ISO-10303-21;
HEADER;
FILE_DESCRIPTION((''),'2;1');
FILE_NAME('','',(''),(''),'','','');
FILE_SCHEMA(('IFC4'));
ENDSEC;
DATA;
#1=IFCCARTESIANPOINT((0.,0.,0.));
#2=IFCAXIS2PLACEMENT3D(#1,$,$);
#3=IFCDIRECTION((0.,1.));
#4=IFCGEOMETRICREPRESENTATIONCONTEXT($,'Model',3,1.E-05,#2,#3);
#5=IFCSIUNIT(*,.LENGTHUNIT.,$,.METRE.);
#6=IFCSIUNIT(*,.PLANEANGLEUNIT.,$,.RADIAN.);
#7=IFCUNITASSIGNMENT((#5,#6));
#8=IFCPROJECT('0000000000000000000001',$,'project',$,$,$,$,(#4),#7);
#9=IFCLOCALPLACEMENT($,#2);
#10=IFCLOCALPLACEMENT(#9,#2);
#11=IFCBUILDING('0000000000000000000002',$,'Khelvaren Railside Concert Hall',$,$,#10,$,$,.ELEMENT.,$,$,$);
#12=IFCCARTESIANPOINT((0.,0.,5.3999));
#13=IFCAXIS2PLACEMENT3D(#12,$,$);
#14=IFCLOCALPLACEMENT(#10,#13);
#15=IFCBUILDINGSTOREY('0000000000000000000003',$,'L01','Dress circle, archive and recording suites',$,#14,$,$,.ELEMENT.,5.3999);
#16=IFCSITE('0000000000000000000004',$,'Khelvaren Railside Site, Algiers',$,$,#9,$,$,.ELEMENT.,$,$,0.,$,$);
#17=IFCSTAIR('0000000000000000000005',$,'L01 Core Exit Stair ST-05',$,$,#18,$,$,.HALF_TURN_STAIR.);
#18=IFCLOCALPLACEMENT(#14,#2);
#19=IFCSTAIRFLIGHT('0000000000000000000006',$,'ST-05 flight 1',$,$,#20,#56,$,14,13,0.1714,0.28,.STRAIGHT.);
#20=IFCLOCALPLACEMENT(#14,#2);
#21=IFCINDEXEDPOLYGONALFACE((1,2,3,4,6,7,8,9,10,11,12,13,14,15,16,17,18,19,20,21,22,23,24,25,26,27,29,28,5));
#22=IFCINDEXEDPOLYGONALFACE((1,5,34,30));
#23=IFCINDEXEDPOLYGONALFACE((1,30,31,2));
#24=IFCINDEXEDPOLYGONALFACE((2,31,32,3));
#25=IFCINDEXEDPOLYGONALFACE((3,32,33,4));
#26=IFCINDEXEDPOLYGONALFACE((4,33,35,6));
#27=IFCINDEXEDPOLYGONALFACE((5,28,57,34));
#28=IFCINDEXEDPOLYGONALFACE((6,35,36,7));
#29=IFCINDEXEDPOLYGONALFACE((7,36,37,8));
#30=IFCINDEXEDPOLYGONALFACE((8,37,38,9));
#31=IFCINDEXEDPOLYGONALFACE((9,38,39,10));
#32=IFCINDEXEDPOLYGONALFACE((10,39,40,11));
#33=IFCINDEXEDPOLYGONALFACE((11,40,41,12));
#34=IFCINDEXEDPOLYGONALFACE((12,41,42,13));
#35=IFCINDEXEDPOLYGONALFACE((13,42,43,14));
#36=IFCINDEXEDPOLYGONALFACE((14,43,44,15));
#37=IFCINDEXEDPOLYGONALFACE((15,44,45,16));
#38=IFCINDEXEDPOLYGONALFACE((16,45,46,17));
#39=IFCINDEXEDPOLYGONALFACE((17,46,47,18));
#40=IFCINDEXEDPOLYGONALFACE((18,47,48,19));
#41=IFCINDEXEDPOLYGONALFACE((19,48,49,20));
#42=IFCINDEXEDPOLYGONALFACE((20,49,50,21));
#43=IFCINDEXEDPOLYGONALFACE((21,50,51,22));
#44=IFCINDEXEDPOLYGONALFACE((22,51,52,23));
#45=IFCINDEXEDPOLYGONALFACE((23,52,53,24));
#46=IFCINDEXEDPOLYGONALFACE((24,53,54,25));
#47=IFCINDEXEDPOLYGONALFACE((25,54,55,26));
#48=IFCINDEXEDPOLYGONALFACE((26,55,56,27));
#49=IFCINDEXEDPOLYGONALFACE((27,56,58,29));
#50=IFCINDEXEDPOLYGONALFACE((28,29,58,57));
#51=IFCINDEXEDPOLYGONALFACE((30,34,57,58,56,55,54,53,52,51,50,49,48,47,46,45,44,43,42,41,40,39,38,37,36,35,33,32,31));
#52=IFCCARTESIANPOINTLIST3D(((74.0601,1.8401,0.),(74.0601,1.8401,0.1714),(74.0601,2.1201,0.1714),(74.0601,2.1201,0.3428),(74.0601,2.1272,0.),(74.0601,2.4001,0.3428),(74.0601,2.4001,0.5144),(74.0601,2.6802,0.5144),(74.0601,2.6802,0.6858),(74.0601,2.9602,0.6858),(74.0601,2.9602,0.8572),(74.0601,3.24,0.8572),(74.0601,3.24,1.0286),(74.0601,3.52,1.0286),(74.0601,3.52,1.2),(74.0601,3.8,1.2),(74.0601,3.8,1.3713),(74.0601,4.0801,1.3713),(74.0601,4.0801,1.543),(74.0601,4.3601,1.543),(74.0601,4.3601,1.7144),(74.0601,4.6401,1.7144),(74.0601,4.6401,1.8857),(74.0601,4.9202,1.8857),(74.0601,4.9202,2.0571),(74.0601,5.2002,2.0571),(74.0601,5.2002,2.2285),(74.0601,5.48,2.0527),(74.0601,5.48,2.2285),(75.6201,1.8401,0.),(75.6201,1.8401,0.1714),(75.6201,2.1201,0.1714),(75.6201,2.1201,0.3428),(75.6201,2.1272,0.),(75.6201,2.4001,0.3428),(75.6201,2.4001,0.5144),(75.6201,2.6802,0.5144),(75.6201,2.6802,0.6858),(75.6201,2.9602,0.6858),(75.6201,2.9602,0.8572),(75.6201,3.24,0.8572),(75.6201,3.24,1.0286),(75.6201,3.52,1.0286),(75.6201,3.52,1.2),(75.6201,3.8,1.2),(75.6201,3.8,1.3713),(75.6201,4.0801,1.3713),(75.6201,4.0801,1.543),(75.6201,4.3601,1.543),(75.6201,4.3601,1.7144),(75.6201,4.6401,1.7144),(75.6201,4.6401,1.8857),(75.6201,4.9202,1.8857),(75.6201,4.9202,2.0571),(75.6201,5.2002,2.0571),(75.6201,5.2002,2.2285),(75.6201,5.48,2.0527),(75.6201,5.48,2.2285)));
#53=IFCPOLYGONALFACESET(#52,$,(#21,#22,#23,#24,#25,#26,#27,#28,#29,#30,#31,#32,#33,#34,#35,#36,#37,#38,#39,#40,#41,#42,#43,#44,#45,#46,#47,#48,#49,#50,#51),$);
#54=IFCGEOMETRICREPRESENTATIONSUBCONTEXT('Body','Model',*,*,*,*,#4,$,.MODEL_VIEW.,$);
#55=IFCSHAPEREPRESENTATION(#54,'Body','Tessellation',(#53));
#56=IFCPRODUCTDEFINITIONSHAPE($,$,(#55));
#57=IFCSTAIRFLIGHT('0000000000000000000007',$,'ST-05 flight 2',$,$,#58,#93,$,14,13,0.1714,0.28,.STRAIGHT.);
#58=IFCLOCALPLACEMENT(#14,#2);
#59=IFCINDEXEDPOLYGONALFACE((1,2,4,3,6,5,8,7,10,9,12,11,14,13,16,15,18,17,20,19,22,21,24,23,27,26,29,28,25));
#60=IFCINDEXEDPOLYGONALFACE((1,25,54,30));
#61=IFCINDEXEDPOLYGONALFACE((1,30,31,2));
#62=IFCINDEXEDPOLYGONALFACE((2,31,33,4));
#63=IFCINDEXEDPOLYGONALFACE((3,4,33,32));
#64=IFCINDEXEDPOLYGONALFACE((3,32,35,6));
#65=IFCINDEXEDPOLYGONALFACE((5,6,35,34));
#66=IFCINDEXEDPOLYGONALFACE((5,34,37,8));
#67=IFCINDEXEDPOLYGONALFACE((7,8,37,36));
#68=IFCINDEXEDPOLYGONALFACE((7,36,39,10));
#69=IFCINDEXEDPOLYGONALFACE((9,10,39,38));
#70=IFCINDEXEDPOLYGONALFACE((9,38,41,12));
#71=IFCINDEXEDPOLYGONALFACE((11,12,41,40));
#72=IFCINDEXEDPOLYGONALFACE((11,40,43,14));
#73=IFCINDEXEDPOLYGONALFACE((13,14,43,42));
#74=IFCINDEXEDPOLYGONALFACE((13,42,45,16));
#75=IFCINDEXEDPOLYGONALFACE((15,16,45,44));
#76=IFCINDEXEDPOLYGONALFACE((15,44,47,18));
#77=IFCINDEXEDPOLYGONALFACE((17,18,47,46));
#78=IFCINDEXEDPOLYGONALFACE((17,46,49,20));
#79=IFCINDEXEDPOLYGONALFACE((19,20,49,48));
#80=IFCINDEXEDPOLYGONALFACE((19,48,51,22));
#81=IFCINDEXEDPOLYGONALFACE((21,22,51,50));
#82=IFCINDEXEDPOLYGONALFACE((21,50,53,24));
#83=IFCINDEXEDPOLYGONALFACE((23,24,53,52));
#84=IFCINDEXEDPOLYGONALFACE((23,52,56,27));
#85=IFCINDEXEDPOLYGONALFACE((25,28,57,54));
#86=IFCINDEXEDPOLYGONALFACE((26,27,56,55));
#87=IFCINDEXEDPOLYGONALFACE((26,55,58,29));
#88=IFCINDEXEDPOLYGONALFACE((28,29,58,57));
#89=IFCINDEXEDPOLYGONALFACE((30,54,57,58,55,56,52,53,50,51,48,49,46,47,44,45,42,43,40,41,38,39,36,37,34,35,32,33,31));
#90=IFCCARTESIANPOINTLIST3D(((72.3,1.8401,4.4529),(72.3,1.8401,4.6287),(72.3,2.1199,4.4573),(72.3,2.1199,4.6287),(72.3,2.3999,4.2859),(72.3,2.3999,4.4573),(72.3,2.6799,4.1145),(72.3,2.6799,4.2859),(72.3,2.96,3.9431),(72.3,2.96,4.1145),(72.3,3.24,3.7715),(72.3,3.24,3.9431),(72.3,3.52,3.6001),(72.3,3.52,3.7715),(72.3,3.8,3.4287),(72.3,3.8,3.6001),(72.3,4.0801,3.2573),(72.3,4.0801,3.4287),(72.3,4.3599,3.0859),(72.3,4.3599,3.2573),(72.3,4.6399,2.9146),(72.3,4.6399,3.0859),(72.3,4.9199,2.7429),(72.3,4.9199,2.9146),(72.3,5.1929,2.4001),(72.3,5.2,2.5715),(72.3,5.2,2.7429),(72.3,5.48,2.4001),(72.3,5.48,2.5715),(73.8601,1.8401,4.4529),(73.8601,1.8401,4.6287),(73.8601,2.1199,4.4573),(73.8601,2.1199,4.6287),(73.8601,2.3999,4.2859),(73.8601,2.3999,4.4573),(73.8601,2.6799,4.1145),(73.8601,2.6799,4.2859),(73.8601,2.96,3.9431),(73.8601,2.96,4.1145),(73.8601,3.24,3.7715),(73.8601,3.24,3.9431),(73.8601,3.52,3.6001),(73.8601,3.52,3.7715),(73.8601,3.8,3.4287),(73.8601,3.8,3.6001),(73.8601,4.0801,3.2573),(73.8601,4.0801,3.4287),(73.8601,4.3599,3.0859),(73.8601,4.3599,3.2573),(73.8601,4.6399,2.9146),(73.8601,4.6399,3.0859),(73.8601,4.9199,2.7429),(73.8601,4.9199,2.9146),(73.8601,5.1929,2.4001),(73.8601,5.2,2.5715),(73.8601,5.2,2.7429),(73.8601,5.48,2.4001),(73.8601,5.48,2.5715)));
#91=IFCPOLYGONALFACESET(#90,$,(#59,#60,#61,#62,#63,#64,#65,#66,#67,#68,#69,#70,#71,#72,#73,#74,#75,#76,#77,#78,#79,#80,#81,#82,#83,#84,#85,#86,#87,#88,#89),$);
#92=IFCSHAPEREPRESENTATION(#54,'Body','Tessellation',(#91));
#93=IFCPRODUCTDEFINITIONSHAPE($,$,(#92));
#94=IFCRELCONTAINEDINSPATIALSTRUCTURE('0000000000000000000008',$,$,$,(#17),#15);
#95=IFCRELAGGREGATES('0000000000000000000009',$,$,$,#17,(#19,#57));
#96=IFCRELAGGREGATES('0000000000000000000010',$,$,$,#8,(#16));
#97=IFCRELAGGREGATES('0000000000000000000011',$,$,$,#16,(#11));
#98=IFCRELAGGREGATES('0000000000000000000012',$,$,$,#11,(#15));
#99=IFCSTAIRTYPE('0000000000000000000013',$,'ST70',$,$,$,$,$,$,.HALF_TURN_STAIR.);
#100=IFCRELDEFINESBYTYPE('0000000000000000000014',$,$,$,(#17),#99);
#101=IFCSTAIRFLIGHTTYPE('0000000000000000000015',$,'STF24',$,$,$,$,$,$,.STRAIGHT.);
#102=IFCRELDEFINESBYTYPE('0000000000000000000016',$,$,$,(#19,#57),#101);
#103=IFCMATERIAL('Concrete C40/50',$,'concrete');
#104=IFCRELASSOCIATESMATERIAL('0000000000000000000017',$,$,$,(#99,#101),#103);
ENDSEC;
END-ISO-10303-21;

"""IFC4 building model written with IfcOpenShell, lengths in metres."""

from ifc_helpers import new_model, si_unit, direction, frame, origin, place, context, subcontext, project, spatial, polyline, outline, extrude, material, type_object, element, aggregate, save


model = new_model("IFC4")

# Units and contexts
model_context = context("Model", 3, precision=1e-05, world=origin(), true_north=direction((0.0, 1.0)))
body_context = subcontext(model_context, "Body", "Model", "MODEL_VIEW")
ifc_project = project(units=[si_unit("LENGTHUNIT", "METRE"), si_unit("PLANEANGLEUNIT", "RADIAN")], contexts=[model_context])

# Site, building, storey
site_placement = place(None, origin())
site = spatial("IfcSite", under=ifc_project, at=site_placement, Name="Khelvaren Railside Site, Algiers", CompositionType="ELEMENT", RefElevation=0.0)
building_placement = place(site_placement, origin())
building = spatial("IfcBuilding", under=site, at=building_placement, Name="Khelvaren Railside Concert Hall", CompositionType="ELEMENT")
storey_placement = place(building_placement, frame((0.0, 0.0, 5.3999)))
storey = spatial("IfcBuildingStorey", under=building, at=storey_placement, Name="L01", Description="Dress circle, archive and recording suites", CompositionType="ELEMENT", Elevation=5.3999)

# Shared definitions
ifc_material_1 = material(Name="Concrete C40/50", Category="concrete")

# Stair, stair flights
stair_type = type_object("IfcStairType", Name="ST70", PredefinedType="HALF_TURN_STAIR", material=ifc_material_1)
stair_placement = place(storey_placement, origin())
stair = element("IfcStair", 1, at=stair_placement, inside=storey, type_object=stair_type, Name="L01 Core Exit Stair ST-05", PredefinedType="HALF_TURN_STAIR")
stair_flight_type = type_object("IfcStairFlightType", Name="STF24", PredefinedType="STRAIGHT", material=ifc_material_1)
stair_flight_1_placement = place(storey_placement, frame((74.8401, 1.8401, 0.0), z_axis=(0.0, 0.0, 1.0), x_axis=(0.0, 1.0, 0.0)))
stair_flight_1 = element("IfcStairFlight", 2, at=stair_flight_1_placement, type_object=stair_flight_type, Name="ST-05 flight 1", NumberOfRisers=14, NumberOfTreads=13, PredefinedType="STRAIGHT", RiserHeight=0.1714, TreadLength=0.28, context=body_context, shape_type="SweptSolid", body=[
    extrude(outline(polyline([(0.0, 0.0), (0.0, 0.1714), (0.28, 0.1714), (0.28, 0.3428), (0.5601, 0.3428), (0.5601, 0.5144), (0.8401, 0.5144), (0.8401, 0.6858), (1.1201, 0.6858), (1.1201, 0.8572), (1.3999, 0.8572), (1.3999, 1.0286), (1.6799, 1.0286), (1.6799, 1.2), (1.96, 1.2), (1.96, 1.3713), (2.24, 1.3713), (2.24, 1.543), (2.52, 1.543), (2.52, 1.7144), (2.8, 1.7144), (2.8, 1.8857), (3.0801, 1.8857), (3.0801, 2.0571), (3.3601, 2.0571), (3.3601, 2.2285), (3.6399, 2.2285), (3.6399, 2.3999), (3.6399, 2.0527), (0.2871, 0.0), (0.0, 0.0)])), frame((0.0, 0.78, 0.0), z_axis=(0.0, -1.0, 0.0), x_axis=(1.0, 0.0, 0.0)), (0.0, 0.0, 1.0), 1.5601),
])
stair_flight_2_placement = place(storey_placement, frame((73.0801, 5.48, 2.4001), z_axis=(0.0, 0.0, 1.0), x_axis=(0.0, -1.0, 0.0)))
stair_flight_2 = element("IfcStairFlight", 3, at=stair_flight_2_placement, type_object=stair_flight_type, Name="ST-05 flight 2", NumberOfRisers=14, NumberOfTreads=13, PredefinedType="STRAIGHT", RiserHeight=0.1714, TreadLength=0.28, context=body_context, shape_type="SweptSolid", body=[
    extrude(outline(polyline([(0.0, 0.0), (0.0, 0.1714), (0.28, 0.1714), (0.28, 0.3428), (0.5601, 0.3428), (0.5601, 0.5144), (0.8401, 0.5144), (0.8401, 0.6858), (1.1201, 0.6858), (1.1201, 0.8572), (1.3999, 0.8572), (1.3999, 1.0286), (1.6799, 1.0286), (1.6799, 1.2), (1.96, 1.2), (1.96, 1.3713), (2.24, 1.3713), (2.24, 1.543), (2.52, 1.543), (2.52, 1.7144), (2.8, 1.7144), (2.8, 1.8857), (3.0801, 1.8857), (3.0801, 2.0571), (3.3601, 2.0571), (3.3601, 2.2285), (3.6399, 2.2285), (3.6399, 2.3999), (3.6399, 2.0527), (0.2871, 0.0), (0.0, 0.0)])), frame((0.0, 0.78, 0.0), z_axis=(0.0, -1.0, 0.0), x_axis=(1.0, 0.0, 0.0)), (0.0, 0.0, 1.0), 1.5601),
])
aggregate(stair, [stair_flight_1, stair_flight_2])

save(model, "model.ifc")
